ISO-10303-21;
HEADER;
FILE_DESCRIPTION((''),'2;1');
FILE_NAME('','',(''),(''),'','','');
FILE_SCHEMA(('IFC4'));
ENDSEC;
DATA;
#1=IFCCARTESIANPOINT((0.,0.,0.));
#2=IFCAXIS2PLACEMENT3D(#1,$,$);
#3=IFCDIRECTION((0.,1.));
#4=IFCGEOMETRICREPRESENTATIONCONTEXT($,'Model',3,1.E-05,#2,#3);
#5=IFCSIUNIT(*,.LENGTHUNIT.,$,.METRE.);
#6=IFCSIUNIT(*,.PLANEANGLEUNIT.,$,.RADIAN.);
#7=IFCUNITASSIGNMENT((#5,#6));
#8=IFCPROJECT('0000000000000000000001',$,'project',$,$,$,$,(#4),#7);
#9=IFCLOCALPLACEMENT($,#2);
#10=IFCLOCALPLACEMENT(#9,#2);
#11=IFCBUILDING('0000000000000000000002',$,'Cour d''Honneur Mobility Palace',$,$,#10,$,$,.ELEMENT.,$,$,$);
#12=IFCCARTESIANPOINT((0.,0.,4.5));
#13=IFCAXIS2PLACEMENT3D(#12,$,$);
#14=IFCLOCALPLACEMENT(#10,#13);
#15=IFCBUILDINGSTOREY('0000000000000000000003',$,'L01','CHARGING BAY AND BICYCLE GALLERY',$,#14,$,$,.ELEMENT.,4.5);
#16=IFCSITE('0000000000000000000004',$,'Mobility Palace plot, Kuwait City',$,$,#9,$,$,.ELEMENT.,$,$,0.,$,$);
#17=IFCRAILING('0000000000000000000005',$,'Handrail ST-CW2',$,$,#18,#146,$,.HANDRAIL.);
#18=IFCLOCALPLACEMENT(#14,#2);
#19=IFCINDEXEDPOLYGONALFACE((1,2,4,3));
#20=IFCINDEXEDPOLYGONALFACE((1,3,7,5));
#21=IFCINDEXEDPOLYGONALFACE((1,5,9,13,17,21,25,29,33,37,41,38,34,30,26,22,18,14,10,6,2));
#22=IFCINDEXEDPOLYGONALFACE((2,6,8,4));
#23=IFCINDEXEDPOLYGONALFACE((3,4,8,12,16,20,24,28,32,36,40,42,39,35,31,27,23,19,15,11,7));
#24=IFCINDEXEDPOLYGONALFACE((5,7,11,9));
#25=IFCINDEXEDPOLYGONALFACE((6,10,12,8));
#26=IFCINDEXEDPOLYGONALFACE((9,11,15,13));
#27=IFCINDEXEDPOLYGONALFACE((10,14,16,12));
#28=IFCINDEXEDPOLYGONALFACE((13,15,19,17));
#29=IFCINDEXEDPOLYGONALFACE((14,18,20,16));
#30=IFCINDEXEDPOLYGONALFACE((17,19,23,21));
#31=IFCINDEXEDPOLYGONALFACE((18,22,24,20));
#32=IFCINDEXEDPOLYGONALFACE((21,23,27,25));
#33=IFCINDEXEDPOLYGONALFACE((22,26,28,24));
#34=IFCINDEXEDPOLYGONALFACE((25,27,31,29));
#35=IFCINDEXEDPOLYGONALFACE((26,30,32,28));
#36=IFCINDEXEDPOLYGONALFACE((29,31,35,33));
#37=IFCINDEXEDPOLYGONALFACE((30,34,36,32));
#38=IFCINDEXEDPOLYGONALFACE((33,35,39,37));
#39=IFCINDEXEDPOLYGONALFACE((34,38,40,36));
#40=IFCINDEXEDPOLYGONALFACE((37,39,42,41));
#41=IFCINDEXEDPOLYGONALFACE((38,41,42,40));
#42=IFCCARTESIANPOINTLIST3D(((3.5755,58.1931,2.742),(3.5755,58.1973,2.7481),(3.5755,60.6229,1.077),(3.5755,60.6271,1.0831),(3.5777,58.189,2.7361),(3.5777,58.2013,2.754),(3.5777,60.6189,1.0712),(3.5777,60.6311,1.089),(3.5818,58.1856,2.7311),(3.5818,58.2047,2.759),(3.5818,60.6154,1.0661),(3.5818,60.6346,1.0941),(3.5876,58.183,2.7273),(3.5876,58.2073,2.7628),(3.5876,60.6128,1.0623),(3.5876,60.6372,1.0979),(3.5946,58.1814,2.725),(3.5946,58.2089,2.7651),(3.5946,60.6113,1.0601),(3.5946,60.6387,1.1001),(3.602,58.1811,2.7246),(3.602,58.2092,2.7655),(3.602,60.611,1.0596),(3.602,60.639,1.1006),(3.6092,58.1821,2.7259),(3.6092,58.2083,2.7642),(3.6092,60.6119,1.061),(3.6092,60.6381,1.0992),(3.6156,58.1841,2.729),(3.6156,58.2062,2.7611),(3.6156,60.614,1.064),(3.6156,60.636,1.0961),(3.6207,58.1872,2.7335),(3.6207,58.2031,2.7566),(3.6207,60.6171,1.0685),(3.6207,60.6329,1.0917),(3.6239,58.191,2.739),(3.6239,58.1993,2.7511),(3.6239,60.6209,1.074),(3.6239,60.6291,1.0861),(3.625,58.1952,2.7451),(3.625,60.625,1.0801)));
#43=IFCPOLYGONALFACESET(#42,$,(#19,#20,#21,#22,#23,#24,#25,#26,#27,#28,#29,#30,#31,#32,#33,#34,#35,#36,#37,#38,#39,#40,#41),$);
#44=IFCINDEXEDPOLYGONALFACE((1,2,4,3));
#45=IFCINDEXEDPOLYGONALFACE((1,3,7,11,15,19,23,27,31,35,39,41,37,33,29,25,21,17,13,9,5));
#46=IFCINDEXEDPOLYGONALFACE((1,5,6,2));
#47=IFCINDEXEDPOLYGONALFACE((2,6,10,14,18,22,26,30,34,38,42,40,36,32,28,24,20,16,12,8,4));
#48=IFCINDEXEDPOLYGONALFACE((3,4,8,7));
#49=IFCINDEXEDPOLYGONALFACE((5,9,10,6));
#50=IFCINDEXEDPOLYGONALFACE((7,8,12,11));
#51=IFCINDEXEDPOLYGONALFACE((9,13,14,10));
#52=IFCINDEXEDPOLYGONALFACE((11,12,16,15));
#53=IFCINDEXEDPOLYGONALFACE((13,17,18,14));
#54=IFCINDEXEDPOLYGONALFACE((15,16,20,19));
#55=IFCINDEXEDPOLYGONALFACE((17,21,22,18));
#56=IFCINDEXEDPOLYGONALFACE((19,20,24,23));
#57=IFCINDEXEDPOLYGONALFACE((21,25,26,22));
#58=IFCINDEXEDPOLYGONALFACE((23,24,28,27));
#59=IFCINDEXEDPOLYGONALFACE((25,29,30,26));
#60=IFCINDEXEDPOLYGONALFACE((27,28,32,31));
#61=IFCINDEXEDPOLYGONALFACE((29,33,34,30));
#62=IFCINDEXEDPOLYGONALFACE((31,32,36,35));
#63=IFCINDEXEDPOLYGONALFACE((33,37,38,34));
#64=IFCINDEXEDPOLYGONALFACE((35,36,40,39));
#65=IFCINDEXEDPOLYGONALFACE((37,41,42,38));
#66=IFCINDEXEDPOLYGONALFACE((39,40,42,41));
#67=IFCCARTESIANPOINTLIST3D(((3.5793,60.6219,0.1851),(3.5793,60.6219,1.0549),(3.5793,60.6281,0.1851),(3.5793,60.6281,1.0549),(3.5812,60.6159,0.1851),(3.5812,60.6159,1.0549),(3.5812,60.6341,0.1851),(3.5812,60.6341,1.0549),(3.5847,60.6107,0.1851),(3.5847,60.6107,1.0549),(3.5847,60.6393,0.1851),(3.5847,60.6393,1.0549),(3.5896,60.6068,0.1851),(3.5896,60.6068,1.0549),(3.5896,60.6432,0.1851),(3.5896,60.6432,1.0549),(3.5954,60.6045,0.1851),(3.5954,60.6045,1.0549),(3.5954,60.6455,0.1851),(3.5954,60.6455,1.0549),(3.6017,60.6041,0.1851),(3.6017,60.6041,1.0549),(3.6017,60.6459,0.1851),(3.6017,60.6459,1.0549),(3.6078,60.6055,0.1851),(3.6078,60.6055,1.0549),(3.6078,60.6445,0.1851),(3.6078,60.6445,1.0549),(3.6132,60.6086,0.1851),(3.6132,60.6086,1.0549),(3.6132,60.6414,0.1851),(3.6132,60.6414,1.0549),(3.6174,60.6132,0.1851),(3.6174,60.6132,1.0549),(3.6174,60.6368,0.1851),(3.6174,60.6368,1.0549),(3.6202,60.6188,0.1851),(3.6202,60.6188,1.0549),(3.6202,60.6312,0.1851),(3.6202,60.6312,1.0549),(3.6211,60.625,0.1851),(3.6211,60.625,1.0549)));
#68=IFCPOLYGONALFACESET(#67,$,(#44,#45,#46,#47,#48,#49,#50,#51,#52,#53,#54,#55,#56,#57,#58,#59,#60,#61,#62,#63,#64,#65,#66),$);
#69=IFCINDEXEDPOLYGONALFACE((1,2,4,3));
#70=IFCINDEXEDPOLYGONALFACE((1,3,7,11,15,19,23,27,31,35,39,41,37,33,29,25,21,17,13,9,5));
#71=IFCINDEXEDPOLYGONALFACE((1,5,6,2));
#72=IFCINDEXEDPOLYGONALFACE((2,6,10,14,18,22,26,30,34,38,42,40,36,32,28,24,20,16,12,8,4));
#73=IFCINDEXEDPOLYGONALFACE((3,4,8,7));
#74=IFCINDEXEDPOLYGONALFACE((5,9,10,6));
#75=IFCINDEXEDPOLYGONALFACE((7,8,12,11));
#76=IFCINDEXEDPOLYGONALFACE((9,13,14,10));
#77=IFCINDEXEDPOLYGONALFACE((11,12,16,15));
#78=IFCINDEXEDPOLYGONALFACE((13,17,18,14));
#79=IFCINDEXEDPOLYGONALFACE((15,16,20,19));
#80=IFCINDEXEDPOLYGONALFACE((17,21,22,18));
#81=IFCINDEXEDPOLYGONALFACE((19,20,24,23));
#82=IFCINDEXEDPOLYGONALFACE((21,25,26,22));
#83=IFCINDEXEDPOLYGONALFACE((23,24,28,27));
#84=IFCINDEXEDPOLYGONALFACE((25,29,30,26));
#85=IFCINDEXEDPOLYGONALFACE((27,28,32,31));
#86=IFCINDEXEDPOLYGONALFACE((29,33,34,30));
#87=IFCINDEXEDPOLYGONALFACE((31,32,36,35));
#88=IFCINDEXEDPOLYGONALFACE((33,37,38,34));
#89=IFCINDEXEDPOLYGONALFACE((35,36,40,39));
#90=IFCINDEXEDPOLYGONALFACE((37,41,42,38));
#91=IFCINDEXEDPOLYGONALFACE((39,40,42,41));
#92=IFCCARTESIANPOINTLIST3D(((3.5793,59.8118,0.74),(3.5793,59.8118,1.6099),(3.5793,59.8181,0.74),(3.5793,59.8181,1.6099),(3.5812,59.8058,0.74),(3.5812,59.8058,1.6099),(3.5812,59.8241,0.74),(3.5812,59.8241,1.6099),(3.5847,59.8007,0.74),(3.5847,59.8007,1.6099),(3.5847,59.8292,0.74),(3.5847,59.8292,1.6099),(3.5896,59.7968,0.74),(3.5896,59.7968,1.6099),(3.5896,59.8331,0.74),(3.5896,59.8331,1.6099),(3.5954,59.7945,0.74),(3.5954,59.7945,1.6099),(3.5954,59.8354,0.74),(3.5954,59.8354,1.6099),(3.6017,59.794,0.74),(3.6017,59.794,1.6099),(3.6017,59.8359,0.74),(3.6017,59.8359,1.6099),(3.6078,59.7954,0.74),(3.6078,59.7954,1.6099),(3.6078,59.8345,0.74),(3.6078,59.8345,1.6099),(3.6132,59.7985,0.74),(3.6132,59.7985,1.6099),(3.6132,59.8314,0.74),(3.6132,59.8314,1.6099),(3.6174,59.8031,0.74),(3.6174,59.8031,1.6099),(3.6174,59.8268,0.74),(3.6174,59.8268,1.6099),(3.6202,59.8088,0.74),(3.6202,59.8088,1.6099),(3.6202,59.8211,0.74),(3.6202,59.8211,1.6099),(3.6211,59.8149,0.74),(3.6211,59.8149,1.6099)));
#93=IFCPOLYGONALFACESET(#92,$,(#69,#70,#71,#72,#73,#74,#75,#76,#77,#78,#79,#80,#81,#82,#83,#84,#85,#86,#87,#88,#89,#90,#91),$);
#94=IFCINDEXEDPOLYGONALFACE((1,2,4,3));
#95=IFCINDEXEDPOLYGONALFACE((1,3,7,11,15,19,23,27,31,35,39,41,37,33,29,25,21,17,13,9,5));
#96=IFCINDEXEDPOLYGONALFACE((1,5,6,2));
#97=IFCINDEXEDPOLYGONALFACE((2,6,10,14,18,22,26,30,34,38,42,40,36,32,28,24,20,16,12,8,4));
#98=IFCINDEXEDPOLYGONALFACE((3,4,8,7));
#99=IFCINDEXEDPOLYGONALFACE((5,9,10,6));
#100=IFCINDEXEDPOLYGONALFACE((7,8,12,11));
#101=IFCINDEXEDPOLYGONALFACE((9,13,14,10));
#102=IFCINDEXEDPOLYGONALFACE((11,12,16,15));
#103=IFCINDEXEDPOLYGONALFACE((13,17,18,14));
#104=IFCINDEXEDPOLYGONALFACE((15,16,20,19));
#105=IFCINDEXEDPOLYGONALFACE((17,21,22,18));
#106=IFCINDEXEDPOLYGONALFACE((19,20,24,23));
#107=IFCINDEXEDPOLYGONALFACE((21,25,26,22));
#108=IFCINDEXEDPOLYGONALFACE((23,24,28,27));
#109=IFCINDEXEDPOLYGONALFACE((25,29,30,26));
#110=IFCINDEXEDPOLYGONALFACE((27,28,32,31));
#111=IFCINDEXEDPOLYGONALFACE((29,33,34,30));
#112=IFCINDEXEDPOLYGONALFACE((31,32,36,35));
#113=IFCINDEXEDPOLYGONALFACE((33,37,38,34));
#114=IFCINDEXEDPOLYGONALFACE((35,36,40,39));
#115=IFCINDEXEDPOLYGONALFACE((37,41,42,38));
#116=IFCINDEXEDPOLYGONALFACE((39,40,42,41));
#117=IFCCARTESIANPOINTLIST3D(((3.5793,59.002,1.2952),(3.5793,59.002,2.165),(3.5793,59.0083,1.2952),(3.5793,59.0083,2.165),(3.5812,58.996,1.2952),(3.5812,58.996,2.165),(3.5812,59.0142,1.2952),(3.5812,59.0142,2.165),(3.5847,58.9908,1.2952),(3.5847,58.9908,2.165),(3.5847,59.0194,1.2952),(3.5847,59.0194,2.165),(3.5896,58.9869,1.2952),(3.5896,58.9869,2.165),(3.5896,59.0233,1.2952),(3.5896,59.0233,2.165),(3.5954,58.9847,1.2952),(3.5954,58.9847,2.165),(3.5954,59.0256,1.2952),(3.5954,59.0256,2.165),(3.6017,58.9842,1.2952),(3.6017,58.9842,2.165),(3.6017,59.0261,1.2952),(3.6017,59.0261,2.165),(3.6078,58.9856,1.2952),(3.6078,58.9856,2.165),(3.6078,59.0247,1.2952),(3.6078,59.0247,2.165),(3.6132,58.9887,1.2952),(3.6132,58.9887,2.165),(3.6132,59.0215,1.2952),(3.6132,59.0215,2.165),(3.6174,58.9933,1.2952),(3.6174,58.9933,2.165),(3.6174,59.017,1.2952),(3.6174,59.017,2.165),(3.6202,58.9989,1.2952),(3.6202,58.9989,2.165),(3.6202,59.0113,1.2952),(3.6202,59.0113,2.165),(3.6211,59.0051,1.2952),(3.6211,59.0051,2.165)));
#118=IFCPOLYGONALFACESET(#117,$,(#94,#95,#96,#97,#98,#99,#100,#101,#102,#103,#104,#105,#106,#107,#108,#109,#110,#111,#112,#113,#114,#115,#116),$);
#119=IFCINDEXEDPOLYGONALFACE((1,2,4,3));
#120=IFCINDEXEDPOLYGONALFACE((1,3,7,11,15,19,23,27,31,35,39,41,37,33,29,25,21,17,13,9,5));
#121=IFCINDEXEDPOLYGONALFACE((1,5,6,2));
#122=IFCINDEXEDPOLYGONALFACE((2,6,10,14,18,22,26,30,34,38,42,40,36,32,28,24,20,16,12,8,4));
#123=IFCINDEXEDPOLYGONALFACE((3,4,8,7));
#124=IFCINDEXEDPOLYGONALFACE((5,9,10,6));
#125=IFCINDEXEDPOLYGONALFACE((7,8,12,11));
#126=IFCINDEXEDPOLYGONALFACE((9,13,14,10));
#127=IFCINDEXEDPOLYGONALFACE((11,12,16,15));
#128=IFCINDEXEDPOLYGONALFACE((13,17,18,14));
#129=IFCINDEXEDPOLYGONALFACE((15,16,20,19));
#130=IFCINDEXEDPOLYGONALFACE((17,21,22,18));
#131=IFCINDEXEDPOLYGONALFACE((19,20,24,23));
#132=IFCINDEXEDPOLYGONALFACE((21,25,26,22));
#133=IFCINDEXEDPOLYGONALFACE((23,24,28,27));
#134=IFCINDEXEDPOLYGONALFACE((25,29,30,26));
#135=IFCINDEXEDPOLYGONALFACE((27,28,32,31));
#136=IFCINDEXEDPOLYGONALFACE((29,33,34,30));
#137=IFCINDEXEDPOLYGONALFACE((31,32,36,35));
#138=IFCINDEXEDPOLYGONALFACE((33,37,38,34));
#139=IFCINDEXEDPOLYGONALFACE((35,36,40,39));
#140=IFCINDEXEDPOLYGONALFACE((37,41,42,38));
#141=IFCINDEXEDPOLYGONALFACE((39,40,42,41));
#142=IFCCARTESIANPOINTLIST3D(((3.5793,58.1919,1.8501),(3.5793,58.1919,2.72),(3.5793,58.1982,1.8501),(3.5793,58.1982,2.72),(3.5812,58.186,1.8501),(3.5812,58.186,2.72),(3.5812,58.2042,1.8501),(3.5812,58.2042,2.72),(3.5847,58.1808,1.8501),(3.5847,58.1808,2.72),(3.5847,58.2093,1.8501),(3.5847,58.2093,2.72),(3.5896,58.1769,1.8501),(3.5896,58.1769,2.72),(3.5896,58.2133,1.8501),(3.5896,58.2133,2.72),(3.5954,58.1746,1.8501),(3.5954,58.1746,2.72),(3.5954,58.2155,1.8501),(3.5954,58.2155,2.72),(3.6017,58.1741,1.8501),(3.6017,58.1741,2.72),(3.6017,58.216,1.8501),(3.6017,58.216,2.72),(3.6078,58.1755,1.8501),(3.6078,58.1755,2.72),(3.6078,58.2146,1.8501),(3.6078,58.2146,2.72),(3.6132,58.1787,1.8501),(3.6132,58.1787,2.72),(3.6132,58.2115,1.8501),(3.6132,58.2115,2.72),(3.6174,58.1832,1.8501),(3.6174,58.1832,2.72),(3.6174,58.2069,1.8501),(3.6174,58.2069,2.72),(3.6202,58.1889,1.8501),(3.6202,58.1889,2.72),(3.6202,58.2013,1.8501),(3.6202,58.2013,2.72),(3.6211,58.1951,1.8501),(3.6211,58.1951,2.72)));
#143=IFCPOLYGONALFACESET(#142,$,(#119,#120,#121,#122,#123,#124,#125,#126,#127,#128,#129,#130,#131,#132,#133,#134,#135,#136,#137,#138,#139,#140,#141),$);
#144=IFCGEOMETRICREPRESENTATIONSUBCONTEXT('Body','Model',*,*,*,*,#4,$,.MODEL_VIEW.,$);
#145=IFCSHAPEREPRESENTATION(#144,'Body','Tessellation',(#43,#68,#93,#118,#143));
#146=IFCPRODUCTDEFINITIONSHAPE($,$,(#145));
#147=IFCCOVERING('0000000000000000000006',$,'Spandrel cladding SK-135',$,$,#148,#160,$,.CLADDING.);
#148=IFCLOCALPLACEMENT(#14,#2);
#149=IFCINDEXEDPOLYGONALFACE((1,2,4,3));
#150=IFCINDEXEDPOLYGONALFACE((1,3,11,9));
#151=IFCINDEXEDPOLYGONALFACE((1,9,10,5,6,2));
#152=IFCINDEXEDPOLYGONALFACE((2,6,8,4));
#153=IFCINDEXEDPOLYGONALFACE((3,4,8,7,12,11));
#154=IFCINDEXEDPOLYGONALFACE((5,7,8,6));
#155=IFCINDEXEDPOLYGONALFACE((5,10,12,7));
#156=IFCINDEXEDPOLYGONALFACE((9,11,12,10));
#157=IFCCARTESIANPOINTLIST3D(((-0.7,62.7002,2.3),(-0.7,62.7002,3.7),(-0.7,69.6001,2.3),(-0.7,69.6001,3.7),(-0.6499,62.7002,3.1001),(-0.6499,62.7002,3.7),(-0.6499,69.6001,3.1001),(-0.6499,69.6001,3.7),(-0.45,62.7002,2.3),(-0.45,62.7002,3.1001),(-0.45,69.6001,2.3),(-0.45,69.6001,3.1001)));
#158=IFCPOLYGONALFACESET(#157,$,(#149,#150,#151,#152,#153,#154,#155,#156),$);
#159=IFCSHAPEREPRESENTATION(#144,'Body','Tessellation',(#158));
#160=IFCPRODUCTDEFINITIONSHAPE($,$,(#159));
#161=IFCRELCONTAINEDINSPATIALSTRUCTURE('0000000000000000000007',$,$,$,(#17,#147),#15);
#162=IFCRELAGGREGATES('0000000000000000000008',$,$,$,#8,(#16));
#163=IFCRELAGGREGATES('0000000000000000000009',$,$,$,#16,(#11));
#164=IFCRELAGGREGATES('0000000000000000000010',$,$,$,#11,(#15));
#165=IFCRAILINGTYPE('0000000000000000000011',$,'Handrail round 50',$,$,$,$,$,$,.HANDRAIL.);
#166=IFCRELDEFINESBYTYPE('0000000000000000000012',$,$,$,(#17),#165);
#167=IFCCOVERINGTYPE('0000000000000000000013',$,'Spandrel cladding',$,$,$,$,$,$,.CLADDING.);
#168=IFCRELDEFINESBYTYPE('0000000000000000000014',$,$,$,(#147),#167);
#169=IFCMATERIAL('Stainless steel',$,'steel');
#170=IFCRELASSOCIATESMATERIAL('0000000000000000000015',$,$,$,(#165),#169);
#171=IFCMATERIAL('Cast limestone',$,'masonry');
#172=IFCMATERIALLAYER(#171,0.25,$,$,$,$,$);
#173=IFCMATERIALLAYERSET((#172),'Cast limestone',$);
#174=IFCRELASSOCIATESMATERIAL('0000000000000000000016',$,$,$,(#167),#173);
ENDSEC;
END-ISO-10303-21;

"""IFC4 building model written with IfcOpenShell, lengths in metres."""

from ifc_helpers import new_model, si_unit, direction, frame, origin, origin_2d, place, context, subcontext, project, spatial, polyline, circle, outline, extrude, material, layer, layer_set, type_object, element, save


model = new_model("IFC4")

# Units and contexts
model_context = context("Model", 3, precision=1e-05, world=origin(), true_north=direction((0.0, 1.0)))
body_context = subcontext(model_context, "Body", "Model", "MODEL_VIEW")
ifc_project = project(units=[si_unit("LENGTHUNIT", "METRE"), si_unit("PLANEANGLEUNIT", "RADIAN")], contexts=[model_context])

# Site, building, storey
site_placement = place(None, origin())
site = spatial("IfcSite", under=ifc_project, at=site_placement, Name="Mobility Palace plot, Kuwait City", CompositionType="ELEMENT", RefElevation=0.0)
building_placement = place(site_placement, origin())
building = spatial("IfcBuilding", under=site, at=building_placement, Name="Cour d'Honneur Mobility Palace", CompositionType="ELEMENT")
storey_placement = place(building_placement, frame((0.0, 0.0, 4.5)))
storey = spatial("IfcBuildingStorey", under=building, at=storey_placement, Name="L01", Description="CHARGING BAY AND BICYCLE GALLERY", CompositionType="ELEMENT", Elevation=4.5)

# Railing
ifc_material_1 = material(Name="Stainless steel", Category="steel")
railing_type_1 = type_object("IfcRailingType", Name="Handrail round 50", PredefinedType="HANDRAIL", material=ifc_material_1)
railing_1_placement = place(storey_placement, frame((3.6001, 60.625, 0.1851)))
element("IfcRailing", 1, at=railing_1_placement, inside=storey, type_object=railing_type_1, Name="Handrail ST-CW2", PredefinedType="HANDRAIL", context=body_context, shape_type="SweptSolid", body=[
    extrude(circle(Radius=0.0249, at=origin_2d()), frame((0.0, 0.0, 0.895), z_axis=(0.0, -0.824919, 0.565251), x_axis=(1.0, 0.0, 0.0)), (0.0, 0.0, 1.0), 2.9456),
    extrude(circle(Radius=0.021, at=origin_2d()), origin(), (0.0, 0.0, 1.0), 0.8699),
    extrude(circle(Radius=0.021, at=origin_2d()), frame((0.0, -0.8101, 0.5549)), (0.0, 0.0, 1.0), 0.8699),
    extrude(circle(Radius=0.021, at=origin_2d()), frame((0.0, -1.6199, 1.1101)), (0.0, 0.0, 1.0), 0.8699),
    extrude(circle(Radius=0.021, at=origin_2d()), frame((0.0, -2.4299, 1.665)), (0.0, 0.0, 1.0), 0.8699),
])

# Covering
ifc_material_2 = material(Name="Cast limestone", Category="masonry")
ifc_layer_1 = layer(ifc_material_2, 0.25)
ifc_layer_set_1 = layer_set([ifc_layer_1], Name="Cast limestone")
covering_type = type_object("IfcCoveringType", Name="Spandrel cladding", PredefinedType="CLADDING", material=ifc_layer_set_1)
covering_placement = place(storey_placement, frame((-0.45, 69.6001, 2.3), z_axis=(0.0, 1.0, 0.0), x_axis=(-1.0, 0.0, 0.0)))
element("IfcCovering", 2, at=covering_placement, inside=storey, type_object=covering_type, Name="Spandrel cladding SK-135", PredefinedType="CLADDING", context=body_context, shape_type="SweptSolid", body=[
    extrude(outline(polyline([(0.0, 0.0), (0.25, 0.0), (0.25, 1.3999), (0.2, 1.3999), (0.2, 0.8), (0.0, 0.8), (0.0, 0.0)])), origin(), (0.0, 0.0, -1.0), 6.8999),
])

save(model, "model.ifc")
